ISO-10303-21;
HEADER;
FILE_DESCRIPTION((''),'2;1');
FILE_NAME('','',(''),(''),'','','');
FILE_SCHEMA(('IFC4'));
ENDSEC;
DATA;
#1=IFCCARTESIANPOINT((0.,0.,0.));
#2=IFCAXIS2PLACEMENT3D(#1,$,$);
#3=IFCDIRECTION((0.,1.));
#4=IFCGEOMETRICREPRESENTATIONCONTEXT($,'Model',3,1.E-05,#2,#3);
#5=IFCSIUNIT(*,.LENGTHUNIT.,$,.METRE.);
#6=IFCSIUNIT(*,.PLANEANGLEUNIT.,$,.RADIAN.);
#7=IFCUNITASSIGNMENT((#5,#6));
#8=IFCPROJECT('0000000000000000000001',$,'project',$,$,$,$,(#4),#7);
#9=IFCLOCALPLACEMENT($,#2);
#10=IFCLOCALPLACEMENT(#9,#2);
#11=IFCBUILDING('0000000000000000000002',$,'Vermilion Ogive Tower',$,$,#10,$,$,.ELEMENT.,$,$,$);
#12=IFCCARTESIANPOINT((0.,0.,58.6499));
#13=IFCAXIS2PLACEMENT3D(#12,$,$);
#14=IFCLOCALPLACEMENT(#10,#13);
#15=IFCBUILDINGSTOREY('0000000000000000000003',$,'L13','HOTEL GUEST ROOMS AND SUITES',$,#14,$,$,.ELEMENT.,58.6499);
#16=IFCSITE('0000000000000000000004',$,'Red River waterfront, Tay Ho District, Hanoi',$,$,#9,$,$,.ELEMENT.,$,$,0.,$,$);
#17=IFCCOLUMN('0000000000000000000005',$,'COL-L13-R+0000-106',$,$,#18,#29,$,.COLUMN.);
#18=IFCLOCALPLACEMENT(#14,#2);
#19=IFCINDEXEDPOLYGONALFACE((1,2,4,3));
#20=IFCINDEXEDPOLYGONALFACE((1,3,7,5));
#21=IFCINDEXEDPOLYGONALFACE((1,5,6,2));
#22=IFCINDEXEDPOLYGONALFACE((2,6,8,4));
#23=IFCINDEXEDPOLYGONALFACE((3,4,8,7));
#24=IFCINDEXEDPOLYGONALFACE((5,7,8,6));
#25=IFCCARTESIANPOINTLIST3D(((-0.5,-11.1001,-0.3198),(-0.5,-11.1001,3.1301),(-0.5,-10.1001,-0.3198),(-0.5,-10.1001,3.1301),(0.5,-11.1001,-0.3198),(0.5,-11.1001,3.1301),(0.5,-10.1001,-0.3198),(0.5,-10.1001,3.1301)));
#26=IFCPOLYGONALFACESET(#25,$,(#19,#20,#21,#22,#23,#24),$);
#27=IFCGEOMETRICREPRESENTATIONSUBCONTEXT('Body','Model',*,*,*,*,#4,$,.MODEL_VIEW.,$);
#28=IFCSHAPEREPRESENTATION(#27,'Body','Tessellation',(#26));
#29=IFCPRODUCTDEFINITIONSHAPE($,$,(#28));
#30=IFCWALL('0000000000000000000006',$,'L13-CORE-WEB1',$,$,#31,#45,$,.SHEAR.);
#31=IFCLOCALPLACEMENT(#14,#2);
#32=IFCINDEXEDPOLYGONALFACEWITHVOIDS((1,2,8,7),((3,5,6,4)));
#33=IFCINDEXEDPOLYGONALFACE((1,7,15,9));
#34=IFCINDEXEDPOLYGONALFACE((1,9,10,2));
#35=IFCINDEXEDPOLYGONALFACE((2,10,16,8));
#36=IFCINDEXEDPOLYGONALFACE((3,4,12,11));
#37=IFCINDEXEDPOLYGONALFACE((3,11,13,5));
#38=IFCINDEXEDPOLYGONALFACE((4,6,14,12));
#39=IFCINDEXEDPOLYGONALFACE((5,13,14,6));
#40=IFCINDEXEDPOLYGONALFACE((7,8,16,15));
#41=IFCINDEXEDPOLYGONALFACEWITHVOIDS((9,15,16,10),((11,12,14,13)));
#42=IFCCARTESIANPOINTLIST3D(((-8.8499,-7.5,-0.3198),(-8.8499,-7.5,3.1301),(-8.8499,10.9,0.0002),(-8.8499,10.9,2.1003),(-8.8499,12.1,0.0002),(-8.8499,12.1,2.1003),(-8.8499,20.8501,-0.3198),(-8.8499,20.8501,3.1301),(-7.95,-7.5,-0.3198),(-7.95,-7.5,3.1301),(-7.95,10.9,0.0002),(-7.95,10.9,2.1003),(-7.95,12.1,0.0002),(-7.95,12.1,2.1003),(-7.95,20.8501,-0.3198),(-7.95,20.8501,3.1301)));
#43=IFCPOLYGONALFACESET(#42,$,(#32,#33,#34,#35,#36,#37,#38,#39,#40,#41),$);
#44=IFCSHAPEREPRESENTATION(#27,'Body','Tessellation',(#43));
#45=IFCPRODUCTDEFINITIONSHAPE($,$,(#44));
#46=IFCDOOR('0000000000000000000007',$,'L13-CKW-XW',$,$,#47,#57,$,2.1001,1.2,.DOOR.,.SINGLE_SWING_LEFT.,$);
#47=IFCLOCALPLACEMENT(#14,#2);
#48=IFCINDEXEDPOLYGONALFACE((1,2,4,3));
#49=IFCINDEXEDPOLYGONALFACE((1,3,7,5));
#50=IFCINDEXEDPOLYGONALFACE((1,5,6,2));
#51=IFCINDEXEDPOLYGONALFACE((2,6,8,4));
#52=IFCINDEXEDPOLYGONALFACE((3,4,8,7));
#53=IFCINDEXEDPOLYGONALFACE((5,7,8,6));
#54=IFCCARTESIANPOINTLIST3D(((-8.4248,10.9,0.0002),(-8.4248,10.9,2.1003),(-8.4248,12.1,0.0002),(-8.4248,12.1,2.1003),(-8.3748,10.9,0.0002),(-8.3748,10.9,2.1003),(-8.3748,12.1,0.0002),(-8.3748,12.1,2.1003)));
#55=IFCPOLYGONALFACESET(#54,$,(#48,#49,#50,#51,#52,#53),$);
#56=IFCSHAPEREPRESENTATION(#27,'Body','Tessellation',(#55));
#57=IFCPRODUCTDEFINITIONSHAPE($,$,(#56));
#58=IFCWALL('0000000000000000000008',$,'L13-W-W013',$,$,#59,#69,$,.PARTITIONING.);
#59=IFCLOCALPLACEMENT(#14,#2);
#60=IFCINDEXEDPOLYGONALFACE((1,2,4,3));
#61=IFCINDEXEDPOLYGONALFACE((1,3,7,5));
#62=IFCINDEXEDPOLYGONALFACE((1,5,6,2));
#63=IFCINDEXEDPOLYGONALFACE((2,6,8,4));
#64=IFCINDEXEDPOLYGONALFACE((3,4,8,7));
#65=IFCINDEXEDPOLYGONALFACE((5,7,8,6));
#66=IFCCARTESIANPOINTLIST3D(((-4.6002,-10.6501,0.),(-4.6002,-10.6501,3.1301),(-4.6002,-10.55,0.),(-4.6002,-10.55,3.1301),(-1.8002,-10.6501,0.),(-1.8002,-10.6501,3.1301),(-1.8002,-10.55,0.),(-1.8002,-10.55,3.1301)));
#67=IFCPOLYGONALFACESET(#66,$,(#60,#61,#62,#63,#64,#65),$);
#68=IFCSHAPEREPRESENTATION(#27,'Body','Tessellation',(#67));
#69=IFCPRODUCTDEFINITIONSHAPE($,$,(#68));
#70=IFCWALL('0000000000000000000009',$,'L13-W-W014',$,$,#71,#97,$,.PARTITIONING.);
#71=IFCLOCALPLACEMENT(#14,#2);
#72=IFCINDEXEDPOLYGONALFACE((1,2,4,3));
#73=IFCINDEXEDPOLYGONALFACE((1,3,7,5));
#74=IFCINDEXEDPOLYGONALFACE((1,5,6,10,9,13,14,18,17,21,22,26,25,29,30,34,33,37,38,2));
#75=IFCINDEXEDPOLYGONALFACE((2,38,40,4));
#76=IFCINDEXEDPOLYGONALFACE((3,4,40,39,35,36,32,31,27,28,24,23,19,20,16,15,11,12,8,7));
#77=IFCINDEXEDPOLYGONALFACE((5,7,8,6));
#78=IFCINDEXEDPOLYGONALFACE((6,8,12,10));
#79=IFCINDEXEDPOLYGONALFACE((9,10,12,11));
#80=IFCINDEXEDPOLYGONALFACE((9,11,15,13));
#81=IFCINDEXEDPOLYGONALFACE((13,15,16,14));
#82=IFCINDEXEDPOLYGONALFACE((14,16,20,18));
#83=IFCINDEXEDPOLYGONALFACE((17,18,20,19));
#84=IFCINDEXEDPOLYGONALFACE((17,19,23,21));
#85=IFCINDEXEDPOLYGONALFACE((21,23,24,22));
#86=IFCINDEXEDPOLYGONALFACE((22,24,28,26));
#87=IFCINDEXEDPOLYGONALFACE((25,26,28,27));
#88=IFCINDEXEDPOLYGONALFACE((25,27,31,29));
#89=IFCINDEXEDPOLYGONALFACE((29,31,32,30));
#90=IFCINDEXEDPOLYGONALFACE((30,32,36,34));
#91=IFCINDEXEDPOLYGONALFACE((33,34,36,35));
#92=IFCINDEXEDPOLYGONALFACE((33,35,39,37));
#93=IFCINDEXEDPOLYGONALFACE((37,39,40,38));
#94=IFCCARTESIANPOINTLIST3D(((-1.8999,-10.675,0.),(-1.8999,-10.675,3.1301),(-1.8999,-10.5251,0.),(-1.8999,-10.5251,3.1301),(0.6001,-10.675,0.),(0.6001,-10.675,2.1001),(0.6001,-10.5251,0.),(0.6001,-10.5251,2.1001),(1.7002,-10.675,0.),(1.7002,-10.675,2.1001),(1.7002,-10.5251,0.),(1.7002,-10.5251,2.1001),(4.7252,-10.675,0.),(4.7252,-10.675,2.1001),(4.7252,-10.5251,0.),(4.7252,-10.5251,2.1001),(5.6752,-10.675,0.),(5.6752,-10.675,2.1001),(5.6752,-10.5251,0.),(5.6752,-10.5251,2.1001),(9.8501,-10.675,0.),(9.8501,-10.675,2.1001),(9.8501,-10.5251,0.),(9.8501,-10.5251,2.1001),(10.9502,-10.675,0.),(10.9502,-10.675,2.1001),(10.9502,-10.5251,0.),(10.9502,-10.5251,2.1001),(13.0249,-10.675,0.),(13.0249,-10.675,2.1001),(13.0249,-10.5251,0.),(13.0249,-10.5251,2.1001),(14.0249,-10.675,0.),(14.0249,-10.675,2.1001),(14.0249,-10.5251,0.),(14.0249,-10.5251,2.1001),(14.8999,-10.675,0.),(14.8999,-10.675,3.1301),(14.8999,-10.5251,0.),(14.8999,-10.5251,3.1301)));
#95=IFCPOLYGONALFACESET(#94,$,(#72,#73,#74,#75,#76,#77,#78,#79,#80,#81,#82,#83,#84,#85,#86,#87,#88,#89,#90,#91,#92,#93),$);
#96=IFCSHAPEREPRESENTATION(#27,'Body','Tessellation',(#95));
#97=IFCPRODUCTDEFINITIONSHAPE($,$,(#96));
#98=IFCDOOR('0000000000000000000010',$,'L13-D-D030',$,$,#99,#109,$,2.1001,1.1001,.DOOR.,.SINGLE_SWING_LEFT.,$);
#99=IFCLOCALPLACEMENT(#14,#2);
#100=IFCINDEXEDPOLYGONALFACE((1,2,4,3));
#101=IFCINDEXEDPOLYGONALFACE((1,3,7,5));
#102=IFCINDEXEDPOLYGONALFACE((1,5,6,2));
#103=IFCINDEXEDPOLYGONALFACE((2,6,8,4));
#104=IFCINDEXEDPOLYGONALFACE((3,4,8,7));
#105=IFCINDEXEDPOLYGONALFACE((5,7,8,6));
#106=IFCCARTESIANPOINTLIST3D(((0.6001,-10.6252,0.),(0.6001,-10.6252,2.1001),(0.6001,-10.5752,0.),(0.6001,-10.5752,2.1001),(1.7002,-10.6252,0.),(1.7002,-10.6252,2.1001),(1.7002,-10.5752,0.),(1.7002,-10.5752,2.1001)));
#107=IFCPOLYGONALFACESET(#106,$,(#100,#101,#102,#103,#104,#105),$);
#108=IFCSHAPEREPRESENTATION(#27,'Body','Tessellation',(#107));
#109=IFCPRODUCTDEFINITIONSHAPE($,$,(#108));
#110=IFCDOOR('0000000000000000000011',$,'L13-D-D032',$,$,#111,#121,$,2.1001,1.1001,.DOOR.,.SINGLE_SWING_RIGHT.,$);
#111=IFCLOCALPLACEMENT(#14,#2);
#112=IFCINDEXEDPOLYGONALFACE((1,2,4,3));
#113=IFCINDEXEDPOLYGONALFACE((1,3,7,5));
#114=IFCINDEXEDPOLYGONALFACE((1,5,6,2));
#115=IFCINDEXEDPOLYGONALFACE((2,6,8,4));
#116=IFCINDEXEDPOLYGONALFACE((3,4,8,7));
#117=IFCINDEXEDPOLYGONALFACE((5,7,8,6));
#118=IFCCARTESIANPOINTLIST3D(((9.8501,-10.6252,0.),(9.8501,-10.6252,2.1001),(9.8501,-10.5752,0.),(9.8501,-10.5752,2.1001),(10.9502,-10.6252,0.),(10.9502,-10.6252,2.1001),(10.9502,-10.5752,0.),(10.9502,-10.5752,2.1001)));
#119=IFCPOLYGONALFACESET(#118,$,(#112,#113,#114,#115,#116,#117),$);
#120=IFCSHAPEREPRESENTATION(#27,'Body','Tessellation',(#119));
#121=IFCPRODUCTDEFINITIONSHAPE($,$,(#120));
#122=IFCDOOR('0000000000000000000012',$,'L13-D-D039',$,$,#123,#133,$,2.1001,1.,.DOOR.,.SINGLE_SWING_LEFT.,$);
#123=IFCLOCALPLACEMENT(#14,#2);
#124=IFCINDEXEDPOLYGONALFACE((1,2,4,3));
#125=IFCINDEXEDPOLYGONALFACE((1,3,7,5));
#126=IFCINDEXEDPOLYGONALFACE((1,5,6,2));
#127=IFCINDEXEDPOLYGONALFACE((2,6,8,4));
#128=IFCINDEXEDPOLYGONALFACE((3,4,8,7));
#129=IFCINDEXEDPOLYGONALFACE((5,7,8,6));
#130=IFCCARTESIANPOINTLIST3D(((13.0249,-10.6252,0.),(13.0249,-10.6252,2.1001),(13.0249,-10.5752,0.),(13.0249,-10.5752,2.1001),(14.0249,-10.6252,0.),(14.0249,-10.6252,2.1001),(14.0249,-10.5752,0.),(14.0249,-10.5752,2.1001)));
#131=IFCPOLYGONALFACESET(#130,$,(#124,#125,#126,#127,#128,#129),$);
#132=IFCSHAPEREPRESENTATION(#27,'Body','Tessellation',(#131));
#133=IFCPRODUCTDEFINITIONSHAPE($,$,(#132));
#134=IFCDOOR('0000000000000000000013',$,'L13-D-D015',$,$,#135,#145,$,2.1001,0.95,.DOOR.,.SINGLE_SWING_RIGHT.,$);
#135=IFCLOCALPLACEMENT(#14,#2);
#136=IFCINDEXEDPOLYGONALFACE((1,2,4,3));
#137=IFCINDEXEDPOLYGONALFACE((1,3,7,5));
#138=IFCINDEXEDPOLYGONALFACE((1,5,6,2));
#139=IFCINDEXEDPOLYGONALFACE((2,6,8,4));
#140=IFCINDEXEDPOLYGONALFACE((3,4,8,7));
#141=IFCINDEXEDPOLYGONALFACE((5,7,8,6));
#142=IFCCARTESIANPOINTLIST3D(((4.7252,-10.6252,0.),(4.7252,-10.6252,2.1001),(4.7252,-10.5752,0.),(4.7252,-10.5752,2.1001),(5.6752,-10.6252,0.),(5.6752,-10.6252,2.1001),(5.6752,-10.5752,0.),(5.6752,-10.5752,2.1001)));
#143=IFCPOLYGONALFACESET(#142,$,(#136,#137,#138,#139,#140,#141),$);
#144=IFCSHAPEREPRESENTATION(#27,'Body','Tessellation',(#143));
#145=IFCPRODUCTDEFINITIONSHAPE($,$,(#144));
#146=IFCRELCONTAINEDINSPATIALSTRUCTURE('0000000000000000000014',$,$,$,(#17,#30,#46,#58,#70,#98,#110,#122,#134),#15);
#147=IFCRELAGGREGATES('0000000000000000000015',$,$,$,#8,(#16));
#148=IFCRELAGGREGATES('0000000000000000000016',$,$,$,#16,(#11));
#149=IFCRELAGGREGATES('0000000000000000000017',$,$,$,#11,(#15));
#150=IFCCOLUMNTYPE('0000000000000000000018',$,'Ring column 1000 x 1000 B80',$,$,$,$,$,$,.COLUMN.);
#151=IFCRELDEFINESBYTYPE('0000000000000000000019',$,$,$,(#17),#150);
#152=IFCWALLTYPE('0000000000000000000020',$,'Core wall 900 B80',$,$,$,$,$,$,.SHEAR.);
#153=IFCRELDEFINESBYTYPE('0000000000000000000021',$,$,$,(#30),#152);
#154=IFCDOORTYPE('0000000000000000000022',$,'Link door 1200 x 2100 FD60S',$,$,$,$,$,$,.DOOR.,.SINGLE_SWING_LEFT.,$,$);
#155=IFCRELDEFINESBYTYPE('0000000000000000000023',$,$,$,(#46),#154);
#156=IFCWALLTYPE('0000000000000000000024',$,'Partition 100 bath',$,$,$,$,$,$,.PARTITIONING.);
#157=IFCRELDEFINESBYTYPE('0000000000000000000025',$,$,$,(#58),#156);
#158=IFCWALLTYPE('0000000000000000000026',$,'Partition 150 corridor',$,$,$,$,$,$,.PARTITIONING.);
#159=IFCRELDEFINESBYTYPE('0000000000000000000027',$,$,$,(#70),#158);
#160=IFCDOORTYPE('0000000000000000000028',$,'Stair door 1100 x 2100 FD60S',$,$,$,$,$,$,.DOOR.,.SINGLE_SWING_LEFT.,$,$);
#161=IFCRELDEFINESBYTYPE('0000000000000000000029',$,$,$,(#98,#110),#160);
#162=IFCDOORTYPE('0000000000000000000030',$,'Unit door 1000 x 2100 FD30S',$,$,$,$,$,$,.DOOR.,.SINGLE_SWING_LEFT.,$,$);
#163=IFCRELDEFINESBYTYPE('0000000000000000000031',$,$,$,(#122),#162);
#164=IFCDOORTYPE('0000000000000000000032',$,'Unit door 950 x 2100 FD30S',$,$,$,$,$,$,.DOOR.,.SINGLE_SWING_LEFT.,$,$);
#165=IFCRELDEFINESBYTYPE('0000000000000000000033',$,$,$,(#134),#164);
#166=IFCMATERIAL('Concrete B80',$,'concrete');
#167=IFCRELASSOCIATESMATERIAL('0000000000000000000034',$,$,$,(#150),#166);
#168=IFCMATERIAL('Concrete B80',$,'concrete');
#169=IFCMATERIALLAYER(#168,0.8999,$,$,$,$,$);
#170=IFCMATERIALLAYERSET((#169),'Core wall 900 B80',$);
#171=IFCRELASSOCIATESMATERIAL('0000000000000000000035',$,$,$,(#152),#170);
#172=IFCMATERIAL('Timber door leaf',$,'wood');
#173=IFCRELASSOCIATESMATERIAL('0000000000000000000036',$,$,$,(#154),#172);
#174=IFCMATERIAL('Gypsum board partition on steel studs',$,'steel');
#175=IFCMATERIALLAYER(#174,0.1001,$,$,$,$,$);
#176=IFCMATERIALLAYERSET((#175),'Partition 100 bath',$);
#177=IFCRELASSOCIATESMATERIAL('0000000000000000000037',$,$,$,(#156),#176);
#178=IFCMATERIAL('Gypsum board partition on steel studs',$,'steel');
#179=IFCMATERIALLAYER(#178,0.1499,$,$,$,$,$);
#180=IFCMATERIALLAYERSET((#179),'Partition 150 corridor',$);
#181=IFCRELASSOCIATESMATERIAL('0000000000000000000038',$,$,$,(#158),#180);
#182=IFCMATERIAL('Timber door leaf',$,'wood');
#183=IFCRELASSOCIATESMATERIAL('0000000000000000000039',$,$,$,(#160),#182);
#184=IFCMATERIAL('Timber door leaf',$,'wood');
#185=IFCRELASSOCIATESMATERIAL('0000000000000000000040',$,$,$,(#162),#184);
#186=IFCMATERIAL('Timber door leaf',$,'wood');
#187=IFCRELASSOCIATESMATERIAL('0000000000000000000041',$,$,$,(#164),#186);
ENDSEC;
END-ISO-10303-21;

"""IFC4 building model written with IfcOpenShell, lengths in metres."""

from ifc_helpers import new_model, si_unit, direction, frame, frame_2d, origin, origin_2d, place, context, subcontext, project, spatial, rectangle, extrude, material, layer, layer_set, material_profile, profile_set, type_object, element, fill, save


model = new_model("IFC4")

# Units and contexts
model_context = context("Model", 3, precision=1e-05, world=origin(), true_north=direction((0.0, 1.0)))
body_context = subcontext(model_context, "Body", "Model", "MODEL_VIEW")
ifc_project = project(units=[si_unit("LENGTHUNIT", "METRE"), si_unit("PLANEANGLEUNIT", "RADIAN")], contexts=[model_context])

# Site, building, storey
site_placement = place(None, origin())
site = spatial("IfcSite", under=ifc_project, at=site_placement, Name="Red River waterfront, Tay Ho District, Hanoi", CompositionType="ELEMENT", RefElevation=0.0)
building_placement = place(site_placement, origin())
building = spatial("IfcBuilding", under=site, at=building_placement, Name="Vermilion Ogive Tower", CompositionType="ELEMENT")
storey_placement = place(building_placement, frame((0.0, 0.0, 58.6499)))
storey = spatial("IfcBuildingStorey", under=building, at=storey_placement, Name="L13", Description="HOTEL GUEST ROOMS AND SUITES", CompositionType="ELEMENT", Elevation=58.6499)

# Column
ifc_material_1 = material(Name="Concrete B80", Category="concrete")
ifc_material_profile = material_profile(ifc_material_1, rectangle(XDim=1.0, YDim=1.0, at=origin_2d()), Name="1000 x 1000")
ifc_profile_set = profile_set([ifc_material_profile], Name="Concrete B80")
column_type = type_object("IfcColumnType", Name="Ring column 1000 x 1000 B80", PredefinedType="COLUMN", material=ifc_profile_set)
column_placement = place(storey_placement, frame((0.0, -10.6001, -0.3198), z_axis=(0.0, 0.0, 1.0), x_axis=(1.0, 0.0, 0.0)))
element("IfcColumn", 1, at=column_placement, inside=storey, type_object=column_type, Name="COL-L13-R+0000-106", PredefinedType="COLUMN", context=body_context, shape_type="SweptSolid", body=[
    extrude(rectangle(XDim=1.0, YDim=1.0, at=origin_2d()), origin(), (0.0, 0.0, 1.0), 3.45),
])

# Wall, opening, door
ifc_material_2 = material(Name="Concrete B80", Category="concrete")
ifc_layer_1 = layer(ifc_material_2, 0.8999)
ifc_layer_set_1 = layer_set([ifc_layer_1], Name="Core wall 900 B80")
wall_type_1 = type_object("IfcWallType", Name="Core wall 900 B80", PredefinedType="SHEAR", material=ifc_layer_set_1)
wall_1_placement = place(storey_placement, frame((-8.3999, -7.5, -0.3198), z_axis=(0.0, 0.0, 1.0), x_axis=(0.0, 1.0, 0.0)))
wall_1 = element("IfcWall", 2, at=wall_1_placement, inside=storey, type_object=wall_type_1, Name="L13-CORE-WEB1", PredefinedType="SHEAR", context=body_context, shape_type="SweptSolid", body=[
    extrude(rectangle(XDim=28.3501, YDim=0.8999, at=frame_2d((14.175, 0.0))), origin(), (0.0, 0.0, 1.0), 3.45),
])
opening_1_placement = place(wall_1_placement, frame((18.3999, 0.0, 0.3201)))
opening_1 = element("IfcOpeningElement", 3, at=opening_1_placement, cuts=wall_1, PredefinedType="OPENING", context=body_context, shape_type="SweptSolid", body=[
    extrude(rectangle(XDim=1.2, YDim=2.1001, at=frame_2d((0.6001, 1.05))), frame((0.0, 0.46, 0.0), z_axis=(0.0, -1.0, 0.0), x_axis=(1.0, 0.0, 0.0)), (0.0, 0.0, 1.0), 0.9199),
])
ifc_material_3 = material(Name="Timber door leaf", Category="wood")
door_type_1 = type_object("IfcDoorType", Name="Link door 1200 x 2100 FD60S", OperationType="SINGLE_SWING_LEFT", PredefinedType="DOOR", material=ifc_material_3)
door_1_placement = place(opening_1_placement, origin())
door_1 = element("IfcDoor", 4, at=door_1_placement, inside=storey, type_object=door_type_1, Name="L13-CKW-XW", OperationType="SINGLE_SWING_LEFT", OverallHeight=2.1001, OverallWidth=1.2, PredefinedType="DOOR", context=body_context, shape_type="SweptSolid", body=[
    extrude(rectangle(XDim=1.2, YDim=2.1001, at=frame_2d((0.6001, 1.05))), frame((0.0, 0.0249, 0.0), z_axis=(0.0, -1.0, 0.0), x_axis=(1.0, 0.0, 0.0)), (0.0, 0.0, 1.0), 0.05),
])
fill(opening_1, door_1)

# Wall
ifc_material_4 = material(Name="Gypsum board partition on steel studs", Category="steel")
ifc_layer_2 = layer(ifc_material_4, 0.1001)
ifc_layer_set_2 = layer_set([ifc_layer_2], Name="Partition 100 bath")
wall_type_2 = type_object("IfcWallType", Name="Partition 100 bath", PredefinedType="PARTITIONING", material=ifc_layer_set_2)
wall_2_placement = place(storey_placement, frame((-4.6001, -10.6001, 0.0), z_axis=(0.0, 0.0, 1.0), x_axis=(1.0, 0.0, 0.0)))
element("IfcWall", 5, at=wall_2_placement, inside=storey, type_object=wall_type_2, Name="L13-W-W013", PredefinedType="PARTITIONING", context=body_context, shape_type="SweptSolid", body=[
    extrude(rectangle(XDim=2.8, YDim=0.1001, at=frame_2d((1.3999, 0.0))), origin(), (0.0, 0.0, 1.0), 3.1301),
])

# Wall, openings, doors
ifc_material_5 = material(Name="Gypsum board partition on steel studs", Category="steel")
ifc_layer_3 = layer(ifc_material_5, 0.1499)
ifc_layer_set_3 = layer_set([ifc_layer_3], Name="Partition 150 corridor")
wall_type_3 = type_object("IfcWallType", Name="Partition 150 corridor", PredefinedType="PARTITIONING", material=ifc_layer_set_3)
wall_3_placement = place(storey_placement, frame((-1.8999, -10.6001, 0.0), z_axis=(0.0, 0.0, 1.0), x_axis=(1.0, 0.0, 0.0)))
wall_3 = element("IfcWall", 6, at=wall_3_placement, inside=storey, type_object=wall_type_3, Name="L13-W-W014", PredefinedType="PARTITIONING", context=body_context, shape_type="SweptSolid", body=[
    extrude(rectangle(XDim=16.7998, YDim=0.1499, at=frame_2d((8.3999, 0.0))), origin(), (0.0, 0.0, 1.0), 3.1301),
])
opening_2_placement = place(wall_3_placement, frame((6.625, 0.0, 0.0)))
opening_2 = element("IfcOpeningElement", 7, at=opening_2_placement, cuts=wall_3, PredefinedType="OPENING", context=body_context, shape_type="SweptSolid", body=[
    extrude(rectangle(XDim=0.95, YDim=2.1001, at=frame_2d((0.4751, 1.05))), frame((0.0, 0.085, 0.0), z_axis=(0.0, -1.0, 0.0), x_axis=(1.0, 0.0, 0.0)), (0.0, 0.0, 1.0), 0.1699),
])
opening_3_placement = place(wall_3_placement, frame((2.5, 0.0, 0.0)))
opening_3 = element("IfcOpeningElement", 8, at=opening_3_placement, cuts=wall_3, PredefinedType="OPENING", context=body_context, shape_type="SweptSolid", body=[
    extrude(rectangle(XDim=1.1001, YDim=2.1001, at=frame_2d((0.55, 1.05))), frame((0.0, 0.085, 0.0), z_axis=(0.0, -1.0, 0.0), x_axis=(1.0, 0.0, 0.0)), (0.0, 0.0, 1.0), 0.1699),
])
opening_4_placement = place(wall_3_placement, frame((11.75, 0.0, 0.0)))
opening_4 = element("IfcOpeningElement", 9, at=opening_4_placement, cuts=wall_3, PredefinedType="OPENING", context=body_context, shape_type="SweptSolid", body=[
    extrude(rectangle(XDim=1.1001, YDim=2.1001, at=frame_2d((0.55, 1.05))), frame((0.0, 0.085, 0.0), z_axis=(0.0, -1.0, 0.0), x_axis=(1.0, 0.0, 0.0)), (0.0, 0.0, 1.0), 0.1699),
])
opening_5_placement = place(wall_3_placement, frame((14.9248, 0.0, 0.0)))
opening_5 = element("IfcOpeningElement", 10, at=opening_5_placement, cuts=wall_3, PredefinedType="OPENING", context=body_context, shape_type="SweptSolid", body=[
    extrude(rectangle(XDim=1.0, YDim=2.1001, at=frame_2d((0.5, 1.05))), frame((0.0, 0.085, 0.0), z_axis=(0.0, -1.0, 0.0), x_axis=(1.0, 0.0, 0.0)), (0.0, 0.0, 1.0), 0.1699),
])
ifc_material_6 = material(Name="Timber door leaf", Category="wood")
door_type_2 = type_object("IfcDoorType", Name="Stair door 1100 x 2100 FD60S", OperationType="SINGLE_SWING_LEFT", PredefinedType="DOOR", material=ifc_material_6)
door_2_placement = place(opening_3_placement, origin())
door_2 = element("IfcDoor", 11, at=door_2_placement, inside=storey, type_object=door_type_2, Name="L13-D-D030", OperationType="SINGLE_SWING_LEFT", OverallHeight=2.1001, OverallWidth=1.1001, PredefinedType="DOOR", context=body_context, shape_type="SweptSolid", body=[
    extrude(rectangle(XDim=1.1001, YDim=2.1001, at=frame_2d((0.55, 1.05))), frame((0.0, 0.0249, 0.0), z_axis=(0.0, -1.0, 0.0), x_axis=(1.0, 0.0, 0.0)), (0.0, 0.0, 1.0), 0.05),
])
fill(opening_3, door_2)
door_3_placement = place(opening_4_placement, origin())
door_3 = element("IfcDoor", 12, at=door_3_placement, inside=storey, type_object=door_type_2, Name="L13-D-D032", OperationType="SINGLE_SWING_RIGHT", OverallHeight=2.1001, OverallWidth=1.1001, PredefinedType="DOOR", context=body_context, shape_type="SweptSolid", body=[
    extrude(rectangle(XDim=1.1001, YDim=2.1001, at=frame_2d((0.55, 1.05))), frame((0.0, 0.0249, 0.0), z_axis=(0.0, -1.0, 0.0), x_axis=(1.0, 0.0, 0.0)), (0.0, 0.0, 1.0), 0.05),
])
fill(opening_4, door_3)
ifc_material_7 = material(Name="Timber door leaf", Category="wood")
door_type_3 = type_object("IfcDoorType", Name="Unit door 1000 x 2100 FD30S", OperationType="SINGLE_SWING_LEFT", PredefinedType="DOOR", material=ifc_material_7)
door_4_placement = place(opening_5_placement, origin())
door_4 = element("IfcDoor", 13, at=door_4_placement, inside=storey, type_object=door_type_3, Name="L13-D-D039", OperationType="SINGLE_SWING_LEFT", OverallHeight=2.1001, OverallWidth=1.0, PredefinedType="DOOR", context=body_context, shape_type="SweptSolid", body=[
    extrude(rectangle(XDim=1.0, YDim=2.1001, at=frame_2d((0.5, 1.05))), frame((0.0, 0.0249, 0.0), z_axis=(0.0, -1.0, 0.0), x_axis=(1.0, 0.0, 0.0)), (0.0, 0.0, 1.0), 0.05),
])
fill(opening_5, door_4)
ifc_material_8 = material(Name="Timber door leaf", Category="wood")
door_type_4 = type_object("IfcDoorType", Name="Unit door 950 x 2100 FD30S", OperationType="SINGLE_SWING_LEFT", PredefinedType="DOOR", material=ifc_material_8)
door_5_placement = place(opening_2_placement, origin())
door_5 = element("IfcDoor", 14, at=door_5_placement, inside=storey, type_object=door_type_4, Name="L13-D-D015", OperationType="SINGLE_SWING_RIGHT", OverallHeight=2.1001, OverallWidth=0.95, PredefinedType="DOOR", context=body_context, shape_type="SweptSolid", body=[
    extrude(rectangle(XDim=0.95, YDim=2.1001, at=frame_2d((0.4751, 1.05))), frame((0.0, 0.0249, 0.0), z_axis=(0.0, -1.0, 0.0), x_axis=(1.0, 0.0, 0.0)), (0.0, 0.0, 1.0), 0.05),
])
fill(opening_2, door_5)

save(model, "model.ifc")
